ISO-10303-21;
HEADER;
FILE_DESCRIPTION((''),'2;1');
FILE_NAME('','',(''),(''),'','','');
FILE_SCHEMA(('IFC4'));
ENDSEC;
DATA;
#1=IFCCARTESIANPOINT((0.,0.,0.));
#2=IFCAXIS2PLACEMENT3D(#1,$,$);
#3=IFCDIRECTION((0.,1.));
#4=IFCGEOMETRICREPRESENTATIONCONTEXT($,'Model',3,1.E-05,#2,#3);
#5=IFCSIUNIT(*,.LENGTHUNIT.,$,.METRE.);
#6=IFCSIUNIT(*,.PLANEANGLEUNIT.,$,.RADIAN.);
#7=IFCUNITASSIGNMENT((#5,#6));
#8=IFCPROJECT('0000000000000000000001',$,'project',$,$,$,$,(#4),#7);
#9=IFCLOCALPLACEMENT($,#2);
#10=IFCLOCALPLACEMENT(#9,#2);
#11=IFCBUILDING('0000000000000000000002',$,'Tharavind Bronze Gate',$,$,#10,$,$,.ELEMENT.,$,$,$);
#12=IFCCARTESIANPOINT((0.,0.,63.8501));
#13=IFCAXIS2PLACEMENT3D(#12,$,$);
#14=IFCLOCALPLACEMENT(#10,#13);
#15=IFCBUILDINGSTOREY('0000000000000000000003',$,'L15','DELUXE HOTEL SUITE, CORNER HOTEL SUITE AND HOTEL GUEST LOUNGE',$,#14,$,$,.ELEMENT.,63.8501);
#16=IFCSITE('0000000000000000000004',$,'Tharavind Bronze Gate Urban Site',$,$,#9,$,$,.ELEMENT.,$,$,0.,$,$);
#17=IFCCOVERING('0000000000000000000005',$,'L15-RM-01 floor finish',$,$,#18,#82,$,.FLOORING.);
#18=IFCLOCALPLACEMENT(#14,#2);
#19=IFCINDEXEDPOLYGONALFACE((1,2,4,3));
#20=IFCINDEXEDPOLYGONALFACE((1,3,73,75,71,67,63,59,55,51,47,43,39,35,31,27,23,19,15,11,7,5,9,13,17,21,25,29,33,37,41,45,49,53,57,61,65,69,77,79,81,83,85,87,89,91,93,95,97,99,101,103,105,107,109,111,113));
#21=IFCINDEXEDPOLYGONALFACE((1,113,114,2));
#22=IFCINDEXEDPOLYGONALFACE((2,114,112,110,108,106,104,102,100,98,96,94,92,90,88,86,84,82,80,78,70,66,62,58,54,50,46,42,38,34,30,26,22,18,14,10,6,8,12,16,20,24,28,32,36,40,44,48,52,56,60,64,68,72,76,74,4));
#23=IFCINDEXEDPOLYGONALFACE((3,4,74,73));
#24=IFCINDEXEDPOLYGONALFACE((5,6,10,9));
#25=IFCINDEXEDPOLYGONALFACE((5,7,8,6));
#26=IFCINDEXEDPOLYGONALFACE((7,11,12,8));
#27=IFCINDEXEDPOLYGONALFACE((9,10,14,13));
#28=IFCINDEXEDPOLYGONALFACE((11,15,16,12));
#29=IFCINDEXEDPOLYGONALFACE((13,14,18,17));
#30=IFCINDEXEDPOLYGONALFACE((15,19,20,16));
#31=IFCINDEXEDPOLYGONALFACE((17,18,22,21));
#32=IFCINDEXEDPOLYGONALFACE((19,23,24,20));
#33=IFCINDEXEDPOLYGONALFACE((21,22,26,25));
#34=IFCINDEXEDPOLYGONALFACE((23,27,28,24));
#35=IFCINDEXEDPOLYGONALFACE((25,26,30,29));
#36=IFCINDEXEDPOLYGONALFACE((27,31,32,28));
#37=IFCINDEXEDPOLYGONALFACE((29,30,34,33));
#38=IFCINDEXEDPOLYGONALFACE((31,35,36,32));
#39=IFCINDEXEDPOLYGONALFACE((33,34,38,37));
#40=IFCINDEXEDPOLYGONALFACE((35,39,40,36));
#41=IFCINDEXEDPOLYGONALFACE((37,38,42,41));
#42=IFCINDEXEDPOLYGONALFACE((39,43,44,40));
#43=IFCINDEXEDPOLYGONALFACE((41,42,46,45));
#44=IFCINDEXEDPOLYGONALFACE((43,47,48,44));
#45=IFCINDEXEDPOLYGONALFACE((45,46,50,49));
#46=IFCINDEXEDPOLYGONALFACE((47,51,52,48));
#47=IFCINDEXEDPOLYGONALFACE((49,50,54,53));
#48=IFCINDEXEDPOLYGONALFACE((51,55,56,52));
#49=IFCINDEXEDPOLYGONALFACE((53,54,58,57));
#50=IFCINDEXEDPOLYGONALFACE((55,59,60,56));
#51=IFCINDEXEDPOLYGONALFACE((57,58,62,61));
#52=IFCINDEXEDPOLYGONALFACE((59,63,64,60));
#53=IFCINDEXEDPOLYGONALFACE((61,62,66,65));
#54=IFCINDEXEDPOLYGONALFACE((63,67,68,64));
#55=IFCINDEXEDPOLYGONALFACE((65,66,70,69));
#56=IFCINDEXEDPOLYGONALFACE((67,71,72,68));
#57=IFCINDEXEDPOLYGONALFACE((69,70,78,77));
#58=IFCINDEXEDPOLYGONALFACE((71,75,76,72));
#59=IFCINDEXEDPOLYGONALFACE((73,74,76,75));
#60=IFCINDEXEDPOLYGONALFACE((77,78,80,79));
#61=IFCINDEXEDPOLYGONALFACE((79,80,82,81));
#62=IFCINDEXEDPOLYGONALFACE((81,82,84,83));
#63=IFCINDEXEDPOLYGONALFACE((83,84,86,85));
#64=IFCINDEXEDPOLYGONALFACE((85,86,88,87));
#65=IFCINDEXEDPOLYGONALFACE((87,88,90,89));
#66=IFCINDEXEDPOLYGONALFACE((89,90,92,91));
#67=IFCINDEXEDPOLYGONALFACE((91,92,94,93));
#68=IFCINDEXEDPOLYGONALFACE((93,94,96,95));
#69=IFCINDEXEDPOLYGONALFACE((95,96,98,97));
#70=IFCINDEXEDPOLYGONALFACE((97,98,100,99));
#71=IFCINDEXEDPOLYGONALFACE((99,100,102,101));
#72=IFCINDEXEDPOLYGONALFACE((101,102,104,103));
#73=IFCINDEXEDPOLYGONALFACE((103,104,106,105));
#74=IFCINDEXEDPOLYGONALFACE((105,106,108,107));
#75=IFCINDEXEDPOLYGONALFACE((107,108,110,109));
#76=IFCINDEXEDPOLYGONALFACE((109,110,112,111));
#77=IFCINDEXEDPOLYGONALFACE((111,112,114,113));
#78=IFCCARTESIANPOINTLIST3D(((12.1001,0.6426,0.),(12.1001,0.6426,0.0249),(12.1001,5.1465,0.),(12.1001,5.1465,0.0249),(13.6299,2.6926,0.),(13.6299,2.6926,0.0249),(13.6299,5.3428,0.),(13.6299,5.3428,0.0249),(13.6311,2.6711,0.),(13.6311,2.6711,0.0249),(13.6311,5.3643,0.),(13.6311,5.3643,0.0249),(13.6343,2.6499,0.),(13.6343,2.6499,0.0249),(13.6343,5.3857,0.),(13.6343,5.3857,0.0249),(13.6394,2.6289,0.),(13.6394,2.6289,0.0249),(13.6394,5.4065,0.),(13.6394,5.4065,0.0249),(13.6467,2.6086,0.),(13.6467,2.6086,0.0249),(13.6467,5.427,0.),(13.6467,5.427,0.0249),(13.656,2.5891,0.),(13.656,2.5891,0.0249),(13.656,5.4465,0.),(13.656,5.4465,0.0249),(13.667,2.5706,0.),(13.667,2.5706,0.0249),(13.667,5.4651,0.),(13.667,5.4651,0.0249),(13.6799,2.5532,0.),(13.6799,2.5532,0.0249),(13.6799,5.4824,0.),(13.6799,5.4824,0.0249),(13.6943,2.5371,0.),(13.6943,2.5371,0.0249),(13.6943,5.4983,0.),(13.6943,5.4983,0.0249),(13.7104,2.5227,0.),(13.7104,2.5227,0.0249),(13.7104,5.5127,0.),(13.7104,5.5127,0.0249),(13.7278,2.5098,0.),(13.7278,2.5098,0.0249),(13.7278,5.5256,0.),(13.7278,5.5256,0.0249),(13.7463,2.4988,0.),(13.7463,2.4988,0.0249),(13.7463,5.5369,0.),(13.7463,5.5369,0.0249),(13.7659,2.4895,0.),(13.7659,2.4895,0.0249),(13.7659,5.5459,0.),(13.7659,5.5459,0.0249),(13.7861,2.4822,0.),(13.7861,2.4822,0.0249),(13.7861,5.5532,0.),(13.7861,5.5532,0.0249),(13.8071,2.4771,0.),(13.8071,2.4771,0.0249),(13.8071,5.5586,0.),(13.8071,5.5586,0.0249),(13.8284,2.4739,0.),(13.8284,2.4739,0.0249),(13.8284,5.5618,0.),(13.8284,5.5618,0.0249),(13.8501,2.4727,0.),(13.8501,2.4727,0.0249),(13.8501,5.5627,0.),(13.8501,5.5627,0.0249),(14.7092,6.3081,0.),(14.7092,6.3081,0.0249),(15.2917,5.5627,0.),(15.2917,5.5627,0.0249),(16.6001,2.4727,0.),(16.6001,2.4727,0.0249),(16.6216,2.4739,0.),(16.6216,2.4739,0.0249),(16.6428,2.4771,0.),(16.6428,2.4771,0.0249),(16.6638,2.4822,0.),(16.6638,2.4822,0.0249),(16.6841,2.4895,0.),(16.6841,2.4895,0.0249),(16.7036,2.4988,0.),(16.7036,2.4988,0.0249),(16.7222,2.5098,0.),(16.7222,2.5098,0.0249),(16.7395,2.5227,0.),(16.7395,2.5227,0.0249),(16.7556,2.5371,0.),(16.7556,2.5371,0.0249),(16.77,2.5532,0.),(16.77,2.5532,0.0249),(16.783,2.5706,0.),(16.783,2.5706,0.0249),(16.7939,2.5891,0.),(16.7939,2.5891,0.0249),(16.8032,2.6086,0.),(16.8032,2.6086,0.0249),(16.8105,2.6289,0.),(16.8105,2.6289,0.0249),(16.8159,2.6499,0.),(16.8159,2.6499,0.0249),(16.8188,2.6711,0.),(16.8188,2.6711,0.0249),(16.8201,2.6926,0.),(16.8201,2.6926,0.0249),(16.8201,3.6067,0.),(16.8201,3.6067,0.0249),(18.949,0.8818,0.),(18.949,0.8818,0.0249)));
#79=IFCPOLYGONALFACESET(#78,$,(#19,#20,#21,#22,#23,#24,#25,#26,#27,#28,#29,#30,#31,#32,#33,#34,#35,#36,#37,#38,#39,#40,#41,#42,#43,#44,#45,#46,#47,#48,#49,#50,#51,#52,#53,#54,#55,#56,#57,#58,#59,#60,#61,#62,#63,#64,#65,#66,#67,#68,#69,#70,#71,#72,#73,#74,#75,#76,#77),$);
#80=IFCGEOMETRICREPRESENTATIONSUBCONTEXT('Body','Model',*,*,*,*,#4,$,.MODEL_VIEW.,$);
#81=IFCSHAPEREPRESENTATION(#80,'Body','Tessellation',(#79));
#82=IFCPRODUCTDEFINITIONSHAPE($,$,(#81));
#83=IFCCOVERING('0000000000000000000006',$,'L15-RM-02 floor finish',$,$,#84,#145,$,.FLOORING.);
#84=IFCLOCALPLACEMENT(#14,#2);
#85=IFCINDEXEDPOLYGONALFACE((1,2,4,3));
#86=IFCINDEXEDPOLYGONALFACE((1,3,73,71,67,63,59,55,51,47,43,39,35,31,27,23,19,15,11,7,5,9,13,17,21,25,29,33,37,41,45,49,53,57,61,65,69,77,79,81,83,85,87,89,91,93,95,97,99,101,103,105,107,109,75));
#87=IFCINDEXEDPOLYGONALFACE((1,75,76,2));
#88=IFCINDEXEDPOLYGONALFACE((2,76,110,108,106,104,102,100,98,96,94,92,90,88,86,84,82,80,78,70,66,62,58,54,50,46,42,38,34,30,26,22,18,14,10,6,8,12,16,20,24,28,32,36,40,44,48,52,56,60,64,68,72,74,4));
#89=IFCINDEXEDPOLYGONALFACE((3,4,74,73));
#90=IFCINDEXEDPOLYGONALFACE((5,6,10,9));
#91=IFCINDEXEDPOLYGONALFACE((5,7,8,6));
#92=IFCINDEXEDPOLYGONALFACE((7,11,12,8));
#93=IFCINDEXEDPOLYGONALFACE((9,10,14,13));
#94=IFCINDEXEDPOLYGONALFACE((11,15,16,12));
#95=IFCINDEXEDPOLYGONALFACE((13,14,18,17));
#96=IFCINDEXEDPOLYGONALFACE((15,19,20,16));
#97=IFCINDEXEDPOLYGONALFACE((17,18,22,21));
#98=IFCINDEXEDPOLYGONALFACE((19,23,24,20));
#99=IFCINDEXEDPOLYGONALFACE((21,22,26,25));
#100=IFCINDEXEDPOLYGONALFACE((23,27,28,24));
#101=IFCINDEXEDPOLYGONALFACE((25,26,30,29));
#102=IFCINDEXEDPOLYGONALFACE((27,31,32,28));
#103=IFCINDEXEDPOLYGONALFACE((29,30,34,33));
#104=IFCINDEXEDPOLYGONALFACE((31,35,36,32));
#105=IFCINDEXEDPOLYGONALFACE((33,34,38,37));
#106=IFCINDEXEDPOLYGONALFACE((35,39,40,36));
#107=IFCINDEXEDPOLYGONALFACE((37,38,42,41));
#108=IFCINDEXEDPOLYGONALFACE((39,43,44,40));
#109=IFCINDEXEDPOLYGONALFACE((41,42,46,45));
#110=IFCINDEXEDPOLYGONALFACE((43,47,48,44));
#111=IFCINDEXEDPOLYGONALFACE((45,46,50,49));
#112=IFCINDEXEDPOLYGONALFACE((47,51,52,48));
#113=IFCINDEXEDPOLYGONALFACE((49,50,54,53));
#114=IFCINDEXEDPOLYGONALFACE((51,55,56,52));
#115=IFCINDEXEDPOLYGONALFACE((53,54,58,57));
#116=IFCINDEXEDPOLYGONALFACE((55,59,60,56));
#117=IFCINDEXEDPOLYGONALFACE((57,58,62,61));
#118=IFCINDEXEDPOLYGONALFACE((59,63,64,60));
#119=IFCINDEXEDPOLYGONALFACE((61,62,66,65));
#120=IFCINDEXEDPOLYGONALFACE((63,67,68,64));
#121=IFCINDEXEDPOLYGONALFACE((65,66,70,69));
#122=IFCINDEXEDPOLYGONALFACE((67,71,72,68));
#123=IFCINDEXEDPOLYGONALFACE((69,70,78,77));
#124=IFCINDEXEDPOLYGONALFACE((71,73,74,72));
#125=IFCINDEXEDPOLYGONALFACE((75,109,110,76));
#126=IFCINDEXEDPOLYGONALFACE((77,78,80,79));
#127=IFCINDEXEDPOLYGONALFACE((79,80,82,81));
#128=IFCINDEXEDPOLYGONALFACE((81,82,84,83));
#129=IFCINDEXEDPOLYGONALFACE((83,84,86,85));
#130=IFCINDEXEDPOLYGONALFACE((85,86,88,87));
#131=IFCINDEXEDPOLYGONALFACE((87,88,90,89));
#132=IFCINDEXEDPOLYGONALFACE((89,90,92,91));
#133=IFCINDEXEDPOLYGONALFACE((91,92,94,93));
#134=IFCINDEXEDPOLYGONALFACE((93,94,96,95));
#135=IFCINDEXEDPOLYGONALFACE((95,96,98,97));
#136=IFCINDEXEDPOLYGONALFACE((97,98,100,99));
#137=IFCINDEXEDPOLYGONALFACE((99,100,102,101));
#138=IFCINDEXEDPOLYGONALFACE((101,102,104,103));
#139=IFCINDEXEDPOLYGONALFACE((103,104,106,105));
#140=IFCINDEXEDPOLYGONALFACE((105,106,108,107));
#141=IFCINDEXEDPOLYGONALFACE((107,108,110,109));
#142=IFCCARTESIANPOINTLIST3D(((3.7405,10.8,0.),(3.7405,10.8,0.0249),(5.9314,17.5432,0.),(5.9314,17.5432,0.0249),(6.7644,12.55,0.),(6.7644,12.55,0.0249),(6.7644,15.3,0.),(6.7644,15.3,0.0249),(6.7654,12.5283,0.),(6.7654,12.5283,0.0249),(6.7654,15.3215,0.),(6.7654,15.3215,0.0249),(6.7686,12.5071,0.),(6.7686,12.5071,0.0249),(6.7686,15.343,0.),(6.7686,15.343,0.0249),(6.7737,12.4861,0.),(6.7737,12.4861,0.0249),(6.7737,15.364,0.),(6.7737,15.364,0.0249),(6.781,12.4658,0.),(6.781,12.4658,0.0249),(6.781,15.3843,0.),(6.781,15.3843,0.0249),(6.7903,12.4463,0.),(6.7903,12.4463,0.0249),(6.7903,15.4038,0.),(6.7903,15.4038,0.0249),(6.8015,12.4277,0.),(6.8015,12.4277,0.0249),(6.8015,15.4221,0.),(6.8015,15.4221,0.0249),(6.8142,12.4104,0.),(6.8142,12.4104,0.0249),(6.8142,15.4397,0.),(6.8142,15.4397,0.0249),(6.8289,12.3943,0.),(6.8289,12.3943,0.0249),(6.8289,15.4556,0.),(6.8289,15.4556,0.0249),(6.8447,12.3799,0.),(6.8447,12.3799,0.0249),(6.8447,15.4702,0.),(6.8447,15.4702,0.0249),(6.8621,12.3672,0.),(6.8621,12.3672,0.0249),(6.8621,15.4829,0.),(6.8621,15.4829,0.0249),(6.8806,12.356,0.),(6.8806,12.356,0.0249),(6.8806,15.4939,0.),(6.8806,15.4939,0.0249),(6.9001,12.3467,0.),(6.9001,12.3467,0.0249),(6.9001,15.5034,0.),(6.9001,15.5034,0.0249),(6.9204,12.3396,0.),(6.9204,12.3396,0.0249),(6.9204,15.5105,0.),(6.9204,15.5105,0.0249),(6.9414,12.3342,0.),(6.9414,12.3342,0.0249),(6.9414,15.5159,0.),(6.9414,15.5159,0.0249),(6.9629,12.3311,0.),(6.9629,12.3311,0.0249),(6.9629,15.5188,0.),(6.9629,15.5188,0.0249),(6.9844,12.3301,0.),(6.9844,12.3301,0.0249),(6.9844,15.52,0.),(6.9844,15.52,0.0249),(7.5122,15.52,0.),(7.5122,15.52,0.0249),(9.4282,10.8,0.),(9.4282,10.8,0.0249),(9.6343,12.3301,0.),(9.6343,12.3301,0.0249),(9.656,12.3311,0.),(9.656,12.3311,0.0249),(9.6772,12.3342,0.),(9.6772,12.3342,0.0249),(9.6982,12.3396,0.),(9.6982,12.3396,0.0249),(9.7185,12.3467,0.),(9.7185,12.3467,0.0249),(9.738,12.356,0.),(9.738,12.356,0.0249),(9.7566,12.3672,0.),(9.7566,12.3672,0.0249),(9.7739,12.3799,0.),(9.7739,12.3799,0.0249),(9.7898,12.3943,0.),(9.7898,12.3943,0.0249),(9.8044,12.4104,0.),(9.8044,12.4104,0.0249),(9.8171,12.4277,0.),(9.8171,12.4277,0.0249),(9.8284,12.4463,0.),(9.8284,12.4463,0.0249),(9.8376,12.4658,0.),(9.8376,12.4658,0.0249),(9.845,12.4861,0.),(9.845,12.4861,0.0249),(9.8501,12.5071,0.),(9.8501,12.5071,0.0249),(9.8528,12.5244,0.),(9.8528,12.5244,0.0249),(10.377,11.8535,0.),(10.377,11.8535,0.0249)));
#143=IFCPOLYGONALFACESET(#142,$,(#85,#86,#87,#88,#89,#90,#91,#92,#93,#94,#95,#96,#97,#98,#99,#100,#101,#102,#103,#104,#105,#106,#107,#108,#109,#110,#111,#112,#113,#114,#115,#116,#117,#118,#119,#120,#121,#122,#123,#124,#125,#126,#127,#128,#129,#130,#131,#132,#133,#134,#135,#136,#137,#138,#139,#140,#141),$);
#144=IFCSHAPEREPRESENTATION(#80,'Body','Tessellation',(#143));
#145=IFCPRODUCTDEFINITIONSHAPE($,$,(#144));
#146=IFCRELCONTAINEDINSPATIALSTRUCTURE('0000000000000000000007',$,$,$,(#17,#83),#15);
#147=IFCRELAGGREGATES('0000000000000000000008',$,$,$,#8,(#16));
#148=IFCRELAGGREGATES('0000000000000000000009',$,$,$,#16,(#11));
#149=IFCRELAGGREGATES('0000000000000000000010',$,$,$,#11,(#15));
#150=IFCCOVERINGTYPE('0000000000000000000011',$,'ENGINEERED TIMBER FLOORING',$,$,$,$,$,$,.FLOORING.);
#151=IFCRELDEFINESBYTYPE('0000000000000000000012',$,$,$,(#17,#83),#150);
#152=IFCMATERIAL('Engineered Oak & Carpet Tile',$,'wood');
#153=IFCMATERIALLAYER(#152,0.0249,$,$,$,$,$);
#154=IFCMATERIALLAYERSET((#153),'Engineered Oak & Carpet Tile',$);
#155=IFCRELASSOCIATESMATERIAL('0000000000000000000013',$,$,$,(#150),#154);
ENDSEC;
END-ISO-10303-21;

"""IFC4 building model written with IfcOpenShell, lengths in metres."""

from ifc_helpers import new_model, si_unit, direction, frame, origin, place, context, subcontext, project, spatial, polyline, outline, extrude, material, layer, layer_set, type_object, element, save


model = new_model("IFC4")

# Units and contexts
model_context = context("Model", 3, precision=1e-05, world=origin(), true_north=direction((0.0, 1.0)))
body_context = subcontext(model_context, "Body", "Model", "MODEL_VIEW")
ifc_project = project(units=[si_unit("LENGTHUNIT", "METRE"), si_unit("PLANEANGLEUNIT", "RADIAN")], contexts=[model_context])

# Site, building, storey
site_placement = place(None, origin())
site = spatial("IfcSite", under=ifc_project, at=site_placement, Name="Tharavind Bronze Gate Urban Site", CompositionType="ELEMENT", RefElevation=0.0)
building_placement = place(site_placement, origin())
building = spatial("IfcBuilding", under=site, at=building_placement, Name="Tharavind Bronze Gate", CompositionType="ELEMENT")
storey_placement = place(building_placement, frame((0.0, 0.0, 63.8501)))
storey = spatial("IfcBuildingStorey", under=building, at=storey_placement, Name="L15", Description="DELUXE HOTEL SUITE, CORNER HOTEL SUITE AND HOTEL GUEST LOUNGE", CompositionType="ELEMENT", Elevation=63.8501)

# Coverings
ifc_material_1 = material(Name="Engineered Oak & Carpet Tile", Category="wood")
ifc_layer_1 = layer(ifc_material_1, 0.0249)
ifc_layer_set_1 = layer_set([ifc_layer_1], Name="Engineered Oak & Carpet Tile")
covering_type_1 = type_object("IfcCoveringType", Name="ENGINEERED TIMBER FLOORING", PredefinedType="FLOORING", material=ifc_layer_set_1)
covering_1_placement = place(storey_placement, origin())
element("IfcCovering", 1, at=covering_1_placement, inside=storey, type_object=covering_type_1, Name="L15-RM-01 floor finish", PredefinedType="FLOORING", context=body_context, shape_type="SweptSolid", body=[
    extrude(outline(polyline([(18.949, 0.8818), (16.8201, 3.6067), (16.8201, 2.6926), (16.8188, 2.6711), (16.8159, 2.6499), (16.8105, 2.6289), (16.8032, 2.6086), (16.7939, 2.5891), (16.783, 2.5706), (16.77, 2.5532), (16.7556, 2.5371), (16.7395, 2.5227), (16.7222, 2.5098), (16.7036, 2.4988), (16.6841, 2.4895), (16.6638, 2.4822), (16.6428, 2.4771), (16.6216, 2.4739), (16.6001, 2.4727), (13.8501, 2.4727), (13.8284, 2.4739), (13.8071, 2.4771), (13.7861, 2.4822), (13.7659, 2.4895), (13.7463, 2.4988), (13.7278, 2.5098), (13.7104, 2.5227), (13.6943, 2.5371), (13.6799, 2.5532), (13.667, 2.5706), (13.656, 2.5891), (13.6467, 2.6086), (13.6394, 2.6289), (13.6343, 2.6499), (13.6311, 2.6711), (13.6299, 2.6926), (13.6299, 5.3428), (13.6311, 5.3643), (13.6343, 5.3857), (13.6394, 5.4065), (13.6467, 5.427), (13.656, 5.4465), (13.667, 5.4651), (13.6799, 5.4824), (13.6943, 5.4983), (13.7104, 5.5127), (13.7278, 5.5256), (13.7463, 5.5369), (13.7659, 5.5459), (13.7861, 5.5532), (13.8071, 5.5586), (13.8284, 5.5618), (13.8501, 5.5627), (15.2917, 5.5627), (14.7092, 6.3081), (12.1001, 5.1465), (12.1001, 0.6426), (18.949, 0.8818)])), origin(), (0.0, 0.0, 1.0), 0.0249),
])
covering_2_placement = place(storey_placement, origin())
element("IfcCovering", 2, at=covering_2_placement, inside=storey, type_object=covering_type_1, Name="L15-RM-02 floor finish", PredefinedType="FLOORING", context=body_context, shape_type="SweptSolid", body=[
    extrude(outline(polyline([(9.4282, 10.8), (10.377, 11.8535), (9.8528, 12.5244), (9.8501, 12.5071), (9.845, 12.4861), (9.8376, 12.4658), (9.8284, 12.4463), (9.8171, 12.4277), (9.8044, 12.4104), (9.7898, 12.3943), (9.7739, 12.3799), (9.7566, 12.3672), (9.738, 12.356), (9.7185, 12.3467), (9.6982, 12.3396), (9.6772, 12.3342), (9.656, 12.3311), (9.6343, 12.3301), (6.9844, 12.3301), (6.9629, 12.3311), (6.9414, 12.3342), (6.9204, 12.3396), (6.9001, 12.3467), (6.8806, 12.356), (6.8621, 12.3672), (6.8447, 12.3799), (6.8289, 12.3943), (6.8142, 12.4104), (6.8015, 12.4277), (6.7903, 12.4463), (6.781, 12.4658), (6.7737, 12.4861), (6.7686, 12.5071), (6.7654, 12.5283), (6.7644, 12.55), (6.7644, 15.3), (6.7654, 15.3215), (6.7686, 15.343), (6.7737, 15.364), (6.781, 15.3843), (6.7903, 15.4038), (6.8015, 15.4221), (6.8142, 15.4397), (6.8289, 15.4556), (6.8447, 15.4702), (6.8621, 15.4829), (6.8806, 15.4939), (6.9001, 15.5034), (6.9204, 15.5105), (6.9414, 15.5159), (6.9629, 15.5188), (6.9844, 15.52), (7.5122, 15.52), (5.9314, 17.5432), (3.7405, 10.8), (9.4282, 10.8)])), origin(), (0.0, 0.0, 1.0), 0.0249),
])

save(model, "model.ifc")
